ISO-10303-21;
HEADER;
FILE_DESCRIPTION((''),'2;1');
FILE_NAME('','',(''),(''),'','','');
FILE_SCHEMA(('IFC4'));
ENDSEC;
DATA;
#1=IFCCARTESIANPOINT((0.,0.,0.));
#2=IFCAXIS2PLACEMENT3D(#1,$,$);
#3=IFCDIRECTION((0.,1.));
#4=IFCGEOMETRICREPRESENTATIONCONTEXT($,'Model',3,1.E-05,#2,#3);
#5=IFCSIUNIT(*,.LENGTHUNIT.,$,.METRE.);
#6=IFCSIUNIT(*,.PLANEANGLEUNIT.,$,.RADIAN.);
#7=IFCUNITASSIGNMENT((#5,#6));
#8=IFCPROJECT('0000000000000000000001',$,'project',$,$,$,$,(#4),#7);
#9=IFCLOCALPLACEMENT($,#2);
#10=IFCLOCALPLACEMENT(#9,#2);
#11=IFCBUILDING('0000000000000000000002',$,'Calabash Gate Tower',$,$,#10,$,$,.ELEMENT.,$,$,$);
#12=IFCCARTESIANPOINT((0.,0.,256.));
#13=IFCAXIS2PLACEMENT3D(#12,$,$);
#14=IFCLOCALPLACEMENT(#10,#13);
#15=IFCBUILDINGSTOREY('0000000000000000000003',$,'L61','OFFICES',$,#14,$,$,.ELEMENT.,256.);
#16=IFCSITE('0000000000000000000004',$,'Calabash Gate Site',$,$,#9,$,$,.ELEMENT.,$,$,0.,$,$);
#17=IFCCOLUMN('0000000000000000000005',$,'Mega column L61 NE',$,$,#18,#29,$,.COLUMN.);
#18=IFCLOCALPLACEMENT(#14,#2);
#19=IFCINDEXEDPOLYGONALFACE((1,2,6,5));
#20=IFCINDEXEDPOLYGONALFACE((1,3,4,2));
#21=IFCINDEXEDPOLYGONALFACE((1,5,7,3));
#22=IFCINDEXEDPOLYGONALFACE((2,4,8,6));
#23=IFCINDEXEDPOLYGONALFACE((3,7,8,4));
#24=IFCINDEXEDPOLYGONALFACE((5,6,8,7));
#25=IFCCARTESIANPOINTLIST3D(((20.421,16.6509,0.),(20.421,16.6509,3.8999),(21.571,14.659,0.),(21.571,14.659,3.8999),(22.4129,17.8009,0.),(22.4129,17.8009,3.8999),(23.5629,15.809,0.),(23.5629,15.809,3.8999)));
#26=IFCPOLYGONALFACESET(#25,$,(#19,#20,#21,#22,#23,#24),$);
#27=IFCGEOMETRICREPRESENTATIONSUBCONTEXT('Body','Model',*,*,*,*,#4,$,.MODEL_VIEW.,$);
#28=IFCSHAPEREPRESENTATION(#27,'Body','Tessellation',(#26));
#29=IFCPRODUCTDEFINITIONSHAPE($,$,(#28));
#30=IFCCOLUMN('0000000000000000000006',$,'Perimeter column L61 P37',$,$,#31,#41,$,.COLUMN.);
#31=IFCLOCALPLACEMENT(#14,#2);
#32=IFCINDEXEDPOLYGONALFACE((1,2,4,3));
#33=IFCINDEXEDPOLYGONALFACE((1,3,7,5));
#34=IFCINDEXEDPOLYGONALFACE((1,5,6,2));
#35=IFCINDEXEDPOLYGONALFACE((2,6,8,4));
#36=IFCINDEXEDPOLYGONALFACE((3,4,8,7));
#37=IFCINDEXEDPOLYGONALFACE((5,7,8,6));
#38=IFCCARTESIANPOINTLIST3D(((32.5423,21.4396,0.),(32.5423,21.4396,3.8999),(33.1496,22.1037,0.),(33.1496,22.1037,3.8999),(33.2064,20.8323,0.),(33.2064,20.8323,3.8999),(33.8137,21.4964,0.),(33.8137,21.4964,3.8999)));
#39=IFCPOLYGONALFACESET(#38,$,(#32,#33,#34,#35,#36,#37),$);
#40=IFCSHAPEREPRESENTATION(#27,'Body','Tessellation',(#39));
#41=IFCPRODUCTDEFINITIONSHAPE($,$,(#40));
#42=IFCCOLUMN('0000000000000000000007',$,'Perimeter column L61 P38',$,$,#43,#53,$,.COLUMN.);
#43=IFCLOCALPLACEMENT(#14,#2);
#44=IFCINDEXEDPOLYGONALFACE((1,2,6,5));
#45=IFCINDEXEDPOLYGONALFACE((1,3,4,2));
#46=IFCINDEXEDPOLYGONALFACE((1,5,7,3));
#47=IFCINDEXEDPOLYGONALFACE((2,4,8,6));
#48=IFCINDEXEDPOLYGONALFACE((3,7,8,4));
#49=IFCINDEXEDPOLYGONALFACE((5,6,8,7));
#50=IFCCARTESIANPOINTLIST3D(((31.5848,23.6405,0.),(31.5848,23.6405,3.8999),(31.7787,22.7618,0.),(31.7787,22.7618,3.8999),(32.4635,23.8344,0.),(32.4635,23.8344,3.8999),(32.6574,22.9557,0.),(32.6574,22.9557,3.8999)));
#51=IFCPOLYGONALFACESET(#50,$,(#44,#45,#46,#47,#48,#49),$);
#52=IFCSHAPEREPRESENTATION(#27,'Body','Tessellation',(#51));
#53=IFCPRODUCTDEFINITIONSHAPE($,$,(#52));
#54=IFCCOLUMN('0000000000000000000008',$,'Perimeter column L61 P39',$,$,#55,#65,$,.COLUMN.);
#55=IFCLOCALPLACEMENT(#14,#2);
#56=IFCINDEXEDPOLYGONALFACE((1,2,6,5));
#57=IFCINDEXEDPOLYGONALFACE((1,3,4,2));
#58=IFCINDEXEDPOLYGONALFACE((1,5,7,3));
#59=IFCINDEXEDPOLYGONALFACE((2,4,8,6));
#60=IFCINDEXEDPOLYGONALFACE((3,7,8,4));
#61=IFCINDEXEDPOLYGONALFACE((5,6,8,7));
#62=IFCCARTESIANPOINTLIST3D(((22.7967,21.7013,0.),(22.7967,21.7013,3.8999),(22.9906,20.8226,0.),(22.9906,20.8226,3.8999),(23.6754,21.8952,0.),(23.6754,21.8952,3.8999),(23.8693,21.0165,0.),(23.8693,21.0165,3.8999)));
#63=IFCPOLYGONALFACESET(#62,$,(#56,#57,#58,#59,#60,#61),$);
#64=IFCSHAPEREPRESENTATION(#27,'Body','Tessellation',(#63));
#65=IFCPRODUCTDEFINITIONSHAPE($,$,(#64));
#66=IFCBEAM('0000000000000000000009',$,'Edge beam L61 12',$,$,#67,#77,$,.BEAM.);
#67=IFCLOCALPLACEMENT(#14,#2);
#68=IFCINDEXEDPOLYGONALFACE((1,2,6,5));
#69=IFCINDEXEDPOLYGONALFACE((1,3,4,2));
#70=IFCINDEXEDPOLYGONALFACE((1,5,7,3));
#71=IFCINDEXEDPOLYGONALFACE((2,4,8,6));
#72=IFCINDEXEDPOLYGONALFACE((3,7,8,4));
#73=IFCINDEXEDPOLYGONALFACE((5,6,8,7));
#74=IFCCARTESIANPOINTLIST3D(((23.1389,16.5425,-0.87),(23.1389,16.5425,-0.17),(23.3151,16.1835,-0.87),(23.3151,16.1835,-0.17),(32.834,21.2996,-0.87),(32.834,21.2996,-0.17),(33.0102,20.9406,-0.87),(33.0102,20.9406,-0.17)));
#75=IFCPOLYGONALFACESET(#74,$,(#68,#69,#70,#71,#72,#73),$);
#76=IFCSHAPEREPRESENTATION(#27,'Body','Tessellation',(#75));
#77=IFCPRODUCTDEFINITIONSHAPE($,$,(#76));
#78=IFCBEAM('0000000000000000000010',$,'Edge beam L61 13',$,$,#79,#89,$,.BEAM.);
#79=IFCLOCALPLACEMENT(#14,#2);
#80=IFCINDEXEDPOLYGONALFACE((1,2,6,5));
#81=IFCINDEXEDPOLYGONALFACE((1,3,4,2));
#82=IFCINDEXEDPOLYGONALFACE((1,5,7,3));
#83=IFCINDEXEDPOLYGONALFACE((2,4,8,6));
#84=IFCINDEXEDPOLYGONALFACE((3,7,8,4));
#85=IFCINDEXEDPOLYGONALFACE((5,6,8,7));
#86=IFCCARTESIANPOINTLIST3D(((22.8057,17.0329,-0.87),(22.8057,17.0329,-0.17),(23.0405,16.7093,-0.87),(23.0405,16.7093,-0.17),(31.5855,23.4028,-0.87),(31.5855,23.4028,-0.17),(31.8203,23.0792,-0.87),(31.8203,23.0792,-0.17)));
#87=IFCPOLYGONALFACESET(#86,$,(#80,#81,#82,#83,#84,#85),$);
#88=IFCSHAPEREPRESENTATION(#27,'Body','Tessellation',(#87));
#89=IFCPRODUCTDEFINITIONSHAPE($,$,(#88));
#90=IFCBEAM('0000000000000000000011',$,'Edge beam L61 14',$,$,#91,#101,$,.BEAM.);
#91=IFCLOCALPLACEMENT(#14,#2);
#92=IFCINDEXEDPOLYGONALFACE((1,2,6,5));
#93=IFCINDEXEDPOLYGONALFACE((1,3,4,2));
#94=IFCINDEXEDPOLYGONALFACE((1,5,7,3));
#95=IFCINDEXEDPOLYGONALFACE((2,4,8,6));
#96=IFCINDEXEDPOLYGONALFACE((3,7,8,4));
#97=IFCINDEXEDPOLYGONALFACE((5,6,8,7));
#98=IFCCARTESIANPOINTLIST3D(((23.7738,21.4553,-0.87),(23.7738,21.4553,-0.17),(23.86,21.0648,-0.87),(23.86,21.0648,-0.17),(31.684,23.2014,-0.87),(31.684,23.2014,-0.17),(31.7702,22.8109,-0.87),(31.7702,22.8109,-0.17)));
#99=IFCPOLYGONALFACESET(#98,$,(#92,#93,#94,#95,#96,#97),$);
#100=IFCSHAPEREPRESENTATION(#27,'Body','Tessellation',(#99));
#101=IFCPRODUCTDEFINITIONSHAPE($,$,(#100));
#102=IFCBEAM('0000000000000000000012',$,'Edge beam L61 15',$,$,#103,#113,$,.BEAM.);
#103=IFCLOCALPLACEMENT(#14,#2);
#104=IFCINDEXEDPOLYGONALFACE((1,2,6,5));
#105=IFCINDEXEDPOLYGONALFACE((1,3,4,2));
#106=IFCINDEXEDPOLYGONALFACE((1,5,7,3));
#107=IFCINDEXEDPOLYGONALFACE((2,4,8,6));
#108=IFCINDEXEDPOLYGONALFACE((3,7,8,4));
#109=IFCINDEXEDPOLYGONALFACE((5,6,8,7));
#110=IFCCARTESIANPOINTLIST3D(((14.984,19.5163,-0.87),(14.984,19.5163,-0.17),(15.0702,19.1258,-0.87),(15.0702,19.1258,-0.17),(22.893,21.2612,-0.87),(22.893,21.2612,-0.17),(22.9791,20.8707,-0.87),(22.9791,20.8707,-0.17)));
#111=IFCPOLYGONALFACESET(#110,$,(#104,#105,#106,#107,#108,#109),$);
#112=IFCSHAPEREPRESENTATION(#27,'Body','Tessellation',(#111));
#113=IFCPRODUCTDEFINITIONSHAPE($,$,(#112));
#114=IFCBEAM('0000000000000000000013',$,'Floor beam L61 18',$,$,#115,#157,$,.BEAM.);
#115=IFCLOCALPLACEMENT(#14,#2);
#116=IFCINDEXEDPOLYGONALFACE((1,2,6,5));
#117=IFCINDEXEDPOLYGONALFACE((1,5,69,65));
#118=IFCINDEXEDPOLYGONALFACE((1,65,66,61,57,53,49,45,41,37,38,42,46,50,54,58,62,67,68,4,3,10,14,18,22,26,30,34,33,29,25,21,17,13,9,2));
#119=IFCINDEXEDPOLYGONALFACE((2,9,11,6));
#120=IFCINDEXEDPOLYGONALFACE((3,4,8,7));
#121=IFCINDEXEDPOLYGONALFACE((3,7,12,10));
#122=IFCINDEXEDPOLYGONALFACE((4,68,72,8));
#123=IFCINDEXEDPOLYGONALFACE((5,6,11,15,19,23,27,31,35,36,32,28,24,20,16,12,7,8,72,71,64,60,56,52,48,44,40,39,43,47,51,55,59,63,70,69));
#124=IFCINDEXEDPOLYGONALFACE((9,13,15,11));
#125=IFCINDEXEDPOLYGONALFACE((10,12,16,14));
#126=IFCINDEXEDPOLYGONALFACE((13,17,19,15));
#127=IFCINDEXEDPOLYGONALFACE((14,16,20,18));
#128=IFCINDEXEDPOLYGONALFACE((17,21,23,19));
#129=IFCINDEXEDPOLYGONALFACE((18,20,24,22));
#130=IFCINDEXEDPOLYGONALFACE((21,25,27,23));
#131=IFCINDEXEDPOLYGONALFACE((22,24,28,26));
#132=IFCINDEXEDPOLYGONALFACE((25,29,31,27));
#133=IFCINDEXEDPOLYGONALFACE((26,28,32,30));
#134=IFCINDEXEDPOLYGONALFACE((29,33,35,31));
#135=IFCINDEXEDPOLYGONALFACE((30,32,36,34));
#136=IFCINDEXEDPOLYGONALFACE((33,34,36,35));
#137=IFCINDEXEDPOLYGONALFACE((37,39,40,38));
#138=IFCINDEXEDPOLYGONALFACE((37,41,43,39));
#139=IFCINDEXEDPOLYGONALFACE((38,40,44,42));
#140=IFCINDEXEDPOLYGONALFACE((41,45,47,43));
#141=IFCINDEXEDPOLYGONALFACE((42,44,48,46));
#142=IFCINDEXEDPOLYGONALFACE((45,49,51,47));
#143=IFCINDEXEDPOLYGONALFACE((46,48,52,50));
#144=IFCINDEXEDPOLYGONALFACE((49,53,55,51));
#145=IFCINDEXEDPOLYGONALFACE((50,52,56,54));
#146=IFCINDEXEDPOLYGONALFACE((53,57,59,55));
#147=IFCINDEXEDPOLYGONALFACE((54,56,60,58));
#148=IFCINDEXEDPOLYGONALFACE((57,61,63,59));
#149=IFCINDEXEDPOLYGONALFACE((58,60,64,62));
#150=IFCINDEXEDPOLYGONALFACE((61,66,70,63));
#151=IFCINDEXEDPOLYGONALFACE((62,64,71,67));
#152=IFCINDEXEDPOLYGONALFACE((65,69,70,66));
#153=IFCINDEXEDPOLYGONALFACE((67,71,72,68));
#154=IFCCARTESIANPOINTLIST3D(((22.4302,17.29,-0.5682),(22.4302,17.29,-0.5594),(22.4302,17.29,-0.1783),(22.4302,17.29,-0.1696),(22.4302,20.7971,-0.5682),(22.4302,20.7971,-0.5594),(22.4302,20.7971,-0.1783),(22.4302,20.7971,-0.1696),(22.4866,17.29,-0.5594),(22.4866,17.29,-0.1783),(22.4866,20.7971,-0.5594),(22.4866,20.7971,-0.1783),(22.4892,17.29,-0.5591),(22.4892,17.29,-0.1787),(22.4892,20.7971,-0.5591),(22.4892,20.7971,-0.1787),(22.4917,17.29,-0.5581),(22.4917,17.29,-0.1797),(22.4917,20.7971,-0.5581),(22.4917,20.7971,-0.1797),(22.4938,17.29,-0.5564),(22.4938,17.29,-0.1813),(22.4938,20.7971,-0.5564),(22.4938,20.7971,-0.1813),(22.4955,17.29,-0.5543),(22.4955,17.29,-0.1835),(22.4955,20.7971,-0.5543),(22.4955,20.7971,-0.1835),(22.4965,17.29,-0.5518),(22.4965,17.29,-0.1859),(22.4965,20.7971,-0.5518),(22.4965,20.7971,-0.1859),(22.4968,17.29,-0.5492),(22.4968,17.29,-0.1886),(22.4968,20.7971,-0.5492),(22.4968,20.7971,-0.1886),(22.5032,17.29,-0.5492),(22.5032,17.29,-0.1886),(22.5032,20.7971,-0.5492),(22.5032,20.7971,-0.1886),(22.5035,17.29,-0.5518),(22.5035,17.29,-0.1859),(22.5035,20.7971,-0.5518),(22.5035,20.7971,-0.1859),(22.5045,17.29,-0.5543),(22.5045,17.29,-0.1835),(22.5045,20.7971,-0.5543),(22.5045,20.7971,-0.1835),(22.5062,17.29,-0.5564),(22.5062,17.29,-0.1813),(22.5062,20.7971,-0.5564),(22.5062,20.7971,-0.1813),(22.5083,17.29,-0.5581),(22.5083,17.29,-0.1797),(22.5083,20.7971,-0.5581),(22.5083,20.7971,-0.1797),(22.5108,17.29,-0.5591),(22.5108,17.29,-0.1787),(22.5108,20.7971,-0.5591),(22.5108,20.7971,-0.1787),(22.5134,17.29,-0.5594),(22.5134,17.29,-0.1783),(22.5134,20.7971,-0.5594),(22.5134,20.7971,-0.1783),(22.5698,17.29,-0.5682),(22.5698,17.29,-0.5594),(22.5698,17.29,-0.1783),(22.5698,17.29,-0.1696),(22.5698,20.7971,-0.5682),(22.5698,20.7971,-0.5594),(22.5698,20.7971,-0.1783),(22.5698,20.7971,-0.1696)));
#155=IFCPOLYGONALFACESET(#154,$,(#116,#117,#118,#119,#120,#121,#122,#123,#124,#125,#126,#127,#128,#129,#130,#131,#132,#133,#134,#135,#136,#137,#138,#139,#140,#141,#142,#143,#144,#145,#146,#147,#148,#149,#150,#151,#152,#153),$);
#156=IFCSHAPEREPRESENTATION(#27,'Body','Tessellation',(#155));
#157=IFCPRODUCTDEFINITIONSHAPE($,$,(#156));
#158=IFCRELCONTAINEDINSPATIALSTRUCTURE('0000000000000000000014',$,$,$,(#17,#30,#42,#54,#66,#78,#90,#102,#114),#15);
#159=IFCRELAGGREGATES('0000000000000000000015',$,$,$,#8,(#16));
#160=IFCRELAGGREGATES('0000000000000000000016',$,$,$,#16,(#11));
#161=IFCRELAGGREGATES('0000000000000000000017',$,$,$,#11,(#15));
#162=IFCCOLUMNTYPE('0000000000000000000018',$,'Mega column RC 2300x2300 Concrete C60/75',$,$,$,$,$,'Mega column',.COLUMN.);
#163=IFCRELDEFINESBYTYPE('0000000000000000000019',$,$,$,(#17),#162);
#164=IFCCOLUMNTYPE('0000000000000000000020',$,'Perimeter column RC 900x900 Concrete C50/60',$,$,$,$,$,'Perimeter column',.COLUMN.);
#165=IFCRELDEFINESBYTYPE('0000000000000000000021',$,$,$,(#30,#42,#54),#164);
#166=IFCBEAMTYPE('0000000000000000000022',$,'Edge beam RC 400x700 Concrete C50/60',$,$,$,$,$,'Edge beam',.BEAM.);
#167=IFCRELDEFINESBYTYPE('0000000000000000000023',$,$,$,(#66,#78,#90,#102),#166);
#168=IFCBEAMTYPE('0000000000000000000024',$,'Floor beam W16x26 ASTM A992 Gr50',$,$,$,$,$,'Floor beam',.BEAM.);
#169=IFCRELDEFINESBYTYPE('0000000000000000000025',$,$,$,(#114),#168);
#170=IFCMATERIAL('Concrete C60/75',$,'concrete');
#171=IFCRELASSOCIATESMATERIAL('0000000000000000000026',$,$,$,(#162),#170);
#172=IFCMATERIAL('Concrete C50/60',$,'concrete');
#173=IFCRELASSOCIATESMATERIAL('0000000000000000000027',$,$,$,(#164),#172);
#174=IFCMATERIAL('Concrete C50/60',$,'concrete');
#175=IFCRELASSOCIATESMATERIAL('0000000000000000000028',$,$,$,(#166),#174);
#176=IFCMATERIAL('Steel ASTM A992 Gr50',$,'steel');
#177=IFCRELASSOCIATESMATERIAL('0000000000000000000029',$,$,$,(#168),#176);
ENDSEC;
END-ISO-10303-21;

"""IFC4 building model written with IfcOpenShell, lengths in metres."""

from ifc_helpers import new_model, si_unit, direction, frame, origin, origin_2d, place, context, subcontext, project, spatial, rectangle, i_section, extrude, material, material_profile, profile_set, type_object, element, save


model = new_model("IFC4")

# Units and contexts
model_context = context("Model", 3, precision=1e-05, world=origin(), true_north=direction((0.0, 1.0)))
body_context = subcontext(model_context, "Body", "Model", "MODEL_VIEW")
ifc_project = project(units=[si_unit("LENGTHUNIT", "METRE"), si_unit("PLANEANGLEUNIT", "RADIAN")], contexts=[model_context])

# Site, building, storey
site_placement = place(None, origin())
site = spatial("IfcSite", under=ifc_project, at=site_placement, Name="Calabash Gate Site", CompositionType="ELEMENT", RefElevation=0.0)
building_placement = place(site_placement, origin())
building = spatial("IfcBuilding", under=site, at=building_placement, Name="Calabash Gate Tower", CompositionType="ELEMENT")
storey_placement = place(building_placement, frame((0.0, 0.0, 256.0)))
storey = spatial("IfcBuildingStorey", under=building, at=storey_placement, Name="L61", Description="OFFICES", CompositionType="ELEMENT", Elevation=256.0)

# Columns
ifc_material_1 = material(Name="Concrete C60/75", Category="concrete")
ifc_material_profile_1 = material_profile(ifc_material_1, rectangle(XDim=2.3, YDim=2.3, at=origin_2d()))
ifc_profile_set_1 = profile_set([ifc_material_profile_1], Name="Concrete C60/75")
column_type_1 = type_object("IfcColumnType", Name="Mega column RC 2300x2300 Concrete C60/75", ElementType="Mega column", PredefinedType="COLUMN", material=ifc_profile_set_1)
column_placement = place(storey_placement, frame((21.9919, 16.23, 0.0), z_axis=(0.0, 0.0, 1.0), x_axis=(-0.866025, -0.5, 0.0)))
element("IfcColumn", 1, at=column_placement, inside=storey, type_object=column_type_1, Name="Mega column L61 NE", PredefinedType="COLUMN", context=body_context, shape_type="SweptSolid", body=[
    extrude(rectangle(XDim=2.3, YDim=2.3, at=origin_2d()), origin(), (0.0, 0.0, 1.0), 3.8999),
])
ifc_material_2 = material(Name="Concrete C50/60", Category="concrete")
ifc_material_profile_2 = material_profile(ifc_material_2, rectangle(XDim=0.8999, YDim=0.8999, at=origin_2d()))
ifc_profile_set_2 = profile_set([ifc_material_profile_2], Name="Concrete C50/60")
column_type_2 = type_object("IfcColumnType", Name="Perimeter column RC 900x900 Concrete C50/60", ElementType="Perimeter column", PredefinedType="COLUMN", material=ifc_profile_set_2)
for number, where, z_axis, x_axis, name in (
    (2, (33.178, 21.468, 0.0), (0.0, 0.0, 1.0), (0.674856, 0.737949, 0.0), "Perimeter column L61 P37"),
    (3, (32.1211, 23.2981, 0.0), (0.0, 0.0, 1.0), (-0.976511, -0.215468, 0.0), "Perimeter column L61 P38"),
    (4, (23.333, 21.3589, 0.0), (0.0, 0.0, 1.0), (-0.976511, -0.215468, 0.0), "Perimeter column L61 P39"),
):
    element("IfcColumn", number, at=place(storey_placement, frame(where, z_axis=z_axis, x_axis=x_axis)), inside=storey, type_object=column_type_2, Name=name, PredefinedType="COLUMN", context=body_context, shape_type="SweptSolid", body=[
        extrude(rectangle(XDim=0.8999, YDim=0.8999, at=origin_2d()), origin(), (0.0, 0.0, 1.0), 3.8999),
    ])

# Beams
ifc_material_3 = material(Name="Concrete C50/60", Category="concrete")
ifc_material_profile_3 = material_profile(ifc_material_3, rectangle(XDim=0.3999, YDim=0.7, at=origin_2d()))
ifc_profile_set_3 = profile_set([ifc_material_profile_3], Name="Concrete C50/60")
beam_type_1 = type_object("IfcBeamType", Name="Edge beam RC 400x700 Concrete C50/60", ElementType="Edge beam", PredefinedType="BEAM", material=ifc_profile_set_3)
beam_1_placement = place(storey_placement, frame((32.9221, 21.1201, -0.52), z_axis=(-0.897752, -0.4405, 0.0), x_axis=(0.4405, -0.897752, 0.0)))
element("IfcBeam", 5, at=beam_1_placement, inside=storey, type_object=beam_type_1, Name="Edge beam L61 12", PredefinedType="BEAM", context=body_context, shape_type="SweptSolid", body=[
    extrude(rectangle(XDim=0.3999, YDim=0.7, at=origin_2d()), origin(), (0.0, 0.0, 1.0), 10.7993),
])
beam_2_placement = place(storey_placement, frame((22.9231, 16.8711, -0.52), z_axis=(0.809412, 0.587241, 0.0), x_axis=(-0.587241, 0.809412, 0.0)))
element("IfcBeam", 6, at=beam_2_placement, inside=storey, type_object=beam_type_1, Name="Edge beam L61 13", PredefinedType="BEAM", context=body_context, shape_type="SweptSolid", body=[
    extrude(rectangle(XDim=0.3999, YDim=0.7, at=origin_2d()), origin(), (0.0, 0.0, 1.0), 10.8472),
])
beam_3_placement = place(storey_placement, frame((31.7271, 23.0061, -0.52), z_axis=(-0.976492, -0.215552, 0.0), x_axis=(0.215552, -0.976492, 0.0)))
element("IfcBeam", 7, at=beam_3_placement, inside=storey, type_object=beam_type_1, Name="Edge beam L61 14", PredefinedType="BEAM", context=body_context, shape_type="SweptSolid", body=[
    extrude(rectangle(XDim=0.3999, YDim=0.7, at=origin_2d()), origin(), (0.0, 0.0, 1.0), 8.1006),
])
beam_4_placement = place(storey_placement, frame((22.936, 21.0659, -0.52), z_axis=(-0.976517, -0.21544, 0.0), x_axis=(0.21544, -0.976517, 0.0)))
element("IfcBeam", 8, at=beam_4_placement, inside=storey, type_object=beam_type_1, Name="Edge beam L61 15", PredefinedType="BEAM", context=body_context, shape_type="SweptSolid", body=[
    extrude(rectangle(XDim=0.3999, YDim=0.7, at=origin_2d()), origin(), (0.0, 0.0, 1.0), 8.0991),
])
ifc_material_4 = material(Name="Steel ASTM A992 Gr50", Category="steel")
ifc_material_profile_4 = material_profile(ifc_material_4, i_section(OverallWidth=0.1396, OverallDepth=0.3987, WebThickness=0.0063, FlangeThickness=0.0088, FilletRadius=0.0103, at=origin_2d()))
ifc_profile_set_4 = profile_set([ifc_material_profile_4], Name="Steel ASTM A992 Gr50")
beam_type_2 = type_object("IfcBeamType", Name="Floor beam W16x26 ASTM A992 Gr50", ElementType="Floor beam", PredefinedType="BEAM", material=ifc_profile_set_4)
beam_5_placement = place(storey_placement, frame((22.5, 17.29, -0.3689), z_axis=(0.0, 1.0, 0.0), x_axis=(-1.0, 0.0, 0.0)))
element("IfcBeam", 9, at=beam_5_placement, inside=storey, type_object=beam_type_2, Name="Floor beam L61 18", PredefinedType="BEAM", context=body_context, shape_type="SweptSolid", body=[
    extrude(i_section(OverallWidth=0.1396, OverallDepth=0.3987, WebThickness=0.0063, FlangeThickness=0.0088, FilletRadius=0.0103, at=origin_2d()), origin(), (0.0, 0.0, 1.0), 3.5071),
])

save(model, "model.ifc")
